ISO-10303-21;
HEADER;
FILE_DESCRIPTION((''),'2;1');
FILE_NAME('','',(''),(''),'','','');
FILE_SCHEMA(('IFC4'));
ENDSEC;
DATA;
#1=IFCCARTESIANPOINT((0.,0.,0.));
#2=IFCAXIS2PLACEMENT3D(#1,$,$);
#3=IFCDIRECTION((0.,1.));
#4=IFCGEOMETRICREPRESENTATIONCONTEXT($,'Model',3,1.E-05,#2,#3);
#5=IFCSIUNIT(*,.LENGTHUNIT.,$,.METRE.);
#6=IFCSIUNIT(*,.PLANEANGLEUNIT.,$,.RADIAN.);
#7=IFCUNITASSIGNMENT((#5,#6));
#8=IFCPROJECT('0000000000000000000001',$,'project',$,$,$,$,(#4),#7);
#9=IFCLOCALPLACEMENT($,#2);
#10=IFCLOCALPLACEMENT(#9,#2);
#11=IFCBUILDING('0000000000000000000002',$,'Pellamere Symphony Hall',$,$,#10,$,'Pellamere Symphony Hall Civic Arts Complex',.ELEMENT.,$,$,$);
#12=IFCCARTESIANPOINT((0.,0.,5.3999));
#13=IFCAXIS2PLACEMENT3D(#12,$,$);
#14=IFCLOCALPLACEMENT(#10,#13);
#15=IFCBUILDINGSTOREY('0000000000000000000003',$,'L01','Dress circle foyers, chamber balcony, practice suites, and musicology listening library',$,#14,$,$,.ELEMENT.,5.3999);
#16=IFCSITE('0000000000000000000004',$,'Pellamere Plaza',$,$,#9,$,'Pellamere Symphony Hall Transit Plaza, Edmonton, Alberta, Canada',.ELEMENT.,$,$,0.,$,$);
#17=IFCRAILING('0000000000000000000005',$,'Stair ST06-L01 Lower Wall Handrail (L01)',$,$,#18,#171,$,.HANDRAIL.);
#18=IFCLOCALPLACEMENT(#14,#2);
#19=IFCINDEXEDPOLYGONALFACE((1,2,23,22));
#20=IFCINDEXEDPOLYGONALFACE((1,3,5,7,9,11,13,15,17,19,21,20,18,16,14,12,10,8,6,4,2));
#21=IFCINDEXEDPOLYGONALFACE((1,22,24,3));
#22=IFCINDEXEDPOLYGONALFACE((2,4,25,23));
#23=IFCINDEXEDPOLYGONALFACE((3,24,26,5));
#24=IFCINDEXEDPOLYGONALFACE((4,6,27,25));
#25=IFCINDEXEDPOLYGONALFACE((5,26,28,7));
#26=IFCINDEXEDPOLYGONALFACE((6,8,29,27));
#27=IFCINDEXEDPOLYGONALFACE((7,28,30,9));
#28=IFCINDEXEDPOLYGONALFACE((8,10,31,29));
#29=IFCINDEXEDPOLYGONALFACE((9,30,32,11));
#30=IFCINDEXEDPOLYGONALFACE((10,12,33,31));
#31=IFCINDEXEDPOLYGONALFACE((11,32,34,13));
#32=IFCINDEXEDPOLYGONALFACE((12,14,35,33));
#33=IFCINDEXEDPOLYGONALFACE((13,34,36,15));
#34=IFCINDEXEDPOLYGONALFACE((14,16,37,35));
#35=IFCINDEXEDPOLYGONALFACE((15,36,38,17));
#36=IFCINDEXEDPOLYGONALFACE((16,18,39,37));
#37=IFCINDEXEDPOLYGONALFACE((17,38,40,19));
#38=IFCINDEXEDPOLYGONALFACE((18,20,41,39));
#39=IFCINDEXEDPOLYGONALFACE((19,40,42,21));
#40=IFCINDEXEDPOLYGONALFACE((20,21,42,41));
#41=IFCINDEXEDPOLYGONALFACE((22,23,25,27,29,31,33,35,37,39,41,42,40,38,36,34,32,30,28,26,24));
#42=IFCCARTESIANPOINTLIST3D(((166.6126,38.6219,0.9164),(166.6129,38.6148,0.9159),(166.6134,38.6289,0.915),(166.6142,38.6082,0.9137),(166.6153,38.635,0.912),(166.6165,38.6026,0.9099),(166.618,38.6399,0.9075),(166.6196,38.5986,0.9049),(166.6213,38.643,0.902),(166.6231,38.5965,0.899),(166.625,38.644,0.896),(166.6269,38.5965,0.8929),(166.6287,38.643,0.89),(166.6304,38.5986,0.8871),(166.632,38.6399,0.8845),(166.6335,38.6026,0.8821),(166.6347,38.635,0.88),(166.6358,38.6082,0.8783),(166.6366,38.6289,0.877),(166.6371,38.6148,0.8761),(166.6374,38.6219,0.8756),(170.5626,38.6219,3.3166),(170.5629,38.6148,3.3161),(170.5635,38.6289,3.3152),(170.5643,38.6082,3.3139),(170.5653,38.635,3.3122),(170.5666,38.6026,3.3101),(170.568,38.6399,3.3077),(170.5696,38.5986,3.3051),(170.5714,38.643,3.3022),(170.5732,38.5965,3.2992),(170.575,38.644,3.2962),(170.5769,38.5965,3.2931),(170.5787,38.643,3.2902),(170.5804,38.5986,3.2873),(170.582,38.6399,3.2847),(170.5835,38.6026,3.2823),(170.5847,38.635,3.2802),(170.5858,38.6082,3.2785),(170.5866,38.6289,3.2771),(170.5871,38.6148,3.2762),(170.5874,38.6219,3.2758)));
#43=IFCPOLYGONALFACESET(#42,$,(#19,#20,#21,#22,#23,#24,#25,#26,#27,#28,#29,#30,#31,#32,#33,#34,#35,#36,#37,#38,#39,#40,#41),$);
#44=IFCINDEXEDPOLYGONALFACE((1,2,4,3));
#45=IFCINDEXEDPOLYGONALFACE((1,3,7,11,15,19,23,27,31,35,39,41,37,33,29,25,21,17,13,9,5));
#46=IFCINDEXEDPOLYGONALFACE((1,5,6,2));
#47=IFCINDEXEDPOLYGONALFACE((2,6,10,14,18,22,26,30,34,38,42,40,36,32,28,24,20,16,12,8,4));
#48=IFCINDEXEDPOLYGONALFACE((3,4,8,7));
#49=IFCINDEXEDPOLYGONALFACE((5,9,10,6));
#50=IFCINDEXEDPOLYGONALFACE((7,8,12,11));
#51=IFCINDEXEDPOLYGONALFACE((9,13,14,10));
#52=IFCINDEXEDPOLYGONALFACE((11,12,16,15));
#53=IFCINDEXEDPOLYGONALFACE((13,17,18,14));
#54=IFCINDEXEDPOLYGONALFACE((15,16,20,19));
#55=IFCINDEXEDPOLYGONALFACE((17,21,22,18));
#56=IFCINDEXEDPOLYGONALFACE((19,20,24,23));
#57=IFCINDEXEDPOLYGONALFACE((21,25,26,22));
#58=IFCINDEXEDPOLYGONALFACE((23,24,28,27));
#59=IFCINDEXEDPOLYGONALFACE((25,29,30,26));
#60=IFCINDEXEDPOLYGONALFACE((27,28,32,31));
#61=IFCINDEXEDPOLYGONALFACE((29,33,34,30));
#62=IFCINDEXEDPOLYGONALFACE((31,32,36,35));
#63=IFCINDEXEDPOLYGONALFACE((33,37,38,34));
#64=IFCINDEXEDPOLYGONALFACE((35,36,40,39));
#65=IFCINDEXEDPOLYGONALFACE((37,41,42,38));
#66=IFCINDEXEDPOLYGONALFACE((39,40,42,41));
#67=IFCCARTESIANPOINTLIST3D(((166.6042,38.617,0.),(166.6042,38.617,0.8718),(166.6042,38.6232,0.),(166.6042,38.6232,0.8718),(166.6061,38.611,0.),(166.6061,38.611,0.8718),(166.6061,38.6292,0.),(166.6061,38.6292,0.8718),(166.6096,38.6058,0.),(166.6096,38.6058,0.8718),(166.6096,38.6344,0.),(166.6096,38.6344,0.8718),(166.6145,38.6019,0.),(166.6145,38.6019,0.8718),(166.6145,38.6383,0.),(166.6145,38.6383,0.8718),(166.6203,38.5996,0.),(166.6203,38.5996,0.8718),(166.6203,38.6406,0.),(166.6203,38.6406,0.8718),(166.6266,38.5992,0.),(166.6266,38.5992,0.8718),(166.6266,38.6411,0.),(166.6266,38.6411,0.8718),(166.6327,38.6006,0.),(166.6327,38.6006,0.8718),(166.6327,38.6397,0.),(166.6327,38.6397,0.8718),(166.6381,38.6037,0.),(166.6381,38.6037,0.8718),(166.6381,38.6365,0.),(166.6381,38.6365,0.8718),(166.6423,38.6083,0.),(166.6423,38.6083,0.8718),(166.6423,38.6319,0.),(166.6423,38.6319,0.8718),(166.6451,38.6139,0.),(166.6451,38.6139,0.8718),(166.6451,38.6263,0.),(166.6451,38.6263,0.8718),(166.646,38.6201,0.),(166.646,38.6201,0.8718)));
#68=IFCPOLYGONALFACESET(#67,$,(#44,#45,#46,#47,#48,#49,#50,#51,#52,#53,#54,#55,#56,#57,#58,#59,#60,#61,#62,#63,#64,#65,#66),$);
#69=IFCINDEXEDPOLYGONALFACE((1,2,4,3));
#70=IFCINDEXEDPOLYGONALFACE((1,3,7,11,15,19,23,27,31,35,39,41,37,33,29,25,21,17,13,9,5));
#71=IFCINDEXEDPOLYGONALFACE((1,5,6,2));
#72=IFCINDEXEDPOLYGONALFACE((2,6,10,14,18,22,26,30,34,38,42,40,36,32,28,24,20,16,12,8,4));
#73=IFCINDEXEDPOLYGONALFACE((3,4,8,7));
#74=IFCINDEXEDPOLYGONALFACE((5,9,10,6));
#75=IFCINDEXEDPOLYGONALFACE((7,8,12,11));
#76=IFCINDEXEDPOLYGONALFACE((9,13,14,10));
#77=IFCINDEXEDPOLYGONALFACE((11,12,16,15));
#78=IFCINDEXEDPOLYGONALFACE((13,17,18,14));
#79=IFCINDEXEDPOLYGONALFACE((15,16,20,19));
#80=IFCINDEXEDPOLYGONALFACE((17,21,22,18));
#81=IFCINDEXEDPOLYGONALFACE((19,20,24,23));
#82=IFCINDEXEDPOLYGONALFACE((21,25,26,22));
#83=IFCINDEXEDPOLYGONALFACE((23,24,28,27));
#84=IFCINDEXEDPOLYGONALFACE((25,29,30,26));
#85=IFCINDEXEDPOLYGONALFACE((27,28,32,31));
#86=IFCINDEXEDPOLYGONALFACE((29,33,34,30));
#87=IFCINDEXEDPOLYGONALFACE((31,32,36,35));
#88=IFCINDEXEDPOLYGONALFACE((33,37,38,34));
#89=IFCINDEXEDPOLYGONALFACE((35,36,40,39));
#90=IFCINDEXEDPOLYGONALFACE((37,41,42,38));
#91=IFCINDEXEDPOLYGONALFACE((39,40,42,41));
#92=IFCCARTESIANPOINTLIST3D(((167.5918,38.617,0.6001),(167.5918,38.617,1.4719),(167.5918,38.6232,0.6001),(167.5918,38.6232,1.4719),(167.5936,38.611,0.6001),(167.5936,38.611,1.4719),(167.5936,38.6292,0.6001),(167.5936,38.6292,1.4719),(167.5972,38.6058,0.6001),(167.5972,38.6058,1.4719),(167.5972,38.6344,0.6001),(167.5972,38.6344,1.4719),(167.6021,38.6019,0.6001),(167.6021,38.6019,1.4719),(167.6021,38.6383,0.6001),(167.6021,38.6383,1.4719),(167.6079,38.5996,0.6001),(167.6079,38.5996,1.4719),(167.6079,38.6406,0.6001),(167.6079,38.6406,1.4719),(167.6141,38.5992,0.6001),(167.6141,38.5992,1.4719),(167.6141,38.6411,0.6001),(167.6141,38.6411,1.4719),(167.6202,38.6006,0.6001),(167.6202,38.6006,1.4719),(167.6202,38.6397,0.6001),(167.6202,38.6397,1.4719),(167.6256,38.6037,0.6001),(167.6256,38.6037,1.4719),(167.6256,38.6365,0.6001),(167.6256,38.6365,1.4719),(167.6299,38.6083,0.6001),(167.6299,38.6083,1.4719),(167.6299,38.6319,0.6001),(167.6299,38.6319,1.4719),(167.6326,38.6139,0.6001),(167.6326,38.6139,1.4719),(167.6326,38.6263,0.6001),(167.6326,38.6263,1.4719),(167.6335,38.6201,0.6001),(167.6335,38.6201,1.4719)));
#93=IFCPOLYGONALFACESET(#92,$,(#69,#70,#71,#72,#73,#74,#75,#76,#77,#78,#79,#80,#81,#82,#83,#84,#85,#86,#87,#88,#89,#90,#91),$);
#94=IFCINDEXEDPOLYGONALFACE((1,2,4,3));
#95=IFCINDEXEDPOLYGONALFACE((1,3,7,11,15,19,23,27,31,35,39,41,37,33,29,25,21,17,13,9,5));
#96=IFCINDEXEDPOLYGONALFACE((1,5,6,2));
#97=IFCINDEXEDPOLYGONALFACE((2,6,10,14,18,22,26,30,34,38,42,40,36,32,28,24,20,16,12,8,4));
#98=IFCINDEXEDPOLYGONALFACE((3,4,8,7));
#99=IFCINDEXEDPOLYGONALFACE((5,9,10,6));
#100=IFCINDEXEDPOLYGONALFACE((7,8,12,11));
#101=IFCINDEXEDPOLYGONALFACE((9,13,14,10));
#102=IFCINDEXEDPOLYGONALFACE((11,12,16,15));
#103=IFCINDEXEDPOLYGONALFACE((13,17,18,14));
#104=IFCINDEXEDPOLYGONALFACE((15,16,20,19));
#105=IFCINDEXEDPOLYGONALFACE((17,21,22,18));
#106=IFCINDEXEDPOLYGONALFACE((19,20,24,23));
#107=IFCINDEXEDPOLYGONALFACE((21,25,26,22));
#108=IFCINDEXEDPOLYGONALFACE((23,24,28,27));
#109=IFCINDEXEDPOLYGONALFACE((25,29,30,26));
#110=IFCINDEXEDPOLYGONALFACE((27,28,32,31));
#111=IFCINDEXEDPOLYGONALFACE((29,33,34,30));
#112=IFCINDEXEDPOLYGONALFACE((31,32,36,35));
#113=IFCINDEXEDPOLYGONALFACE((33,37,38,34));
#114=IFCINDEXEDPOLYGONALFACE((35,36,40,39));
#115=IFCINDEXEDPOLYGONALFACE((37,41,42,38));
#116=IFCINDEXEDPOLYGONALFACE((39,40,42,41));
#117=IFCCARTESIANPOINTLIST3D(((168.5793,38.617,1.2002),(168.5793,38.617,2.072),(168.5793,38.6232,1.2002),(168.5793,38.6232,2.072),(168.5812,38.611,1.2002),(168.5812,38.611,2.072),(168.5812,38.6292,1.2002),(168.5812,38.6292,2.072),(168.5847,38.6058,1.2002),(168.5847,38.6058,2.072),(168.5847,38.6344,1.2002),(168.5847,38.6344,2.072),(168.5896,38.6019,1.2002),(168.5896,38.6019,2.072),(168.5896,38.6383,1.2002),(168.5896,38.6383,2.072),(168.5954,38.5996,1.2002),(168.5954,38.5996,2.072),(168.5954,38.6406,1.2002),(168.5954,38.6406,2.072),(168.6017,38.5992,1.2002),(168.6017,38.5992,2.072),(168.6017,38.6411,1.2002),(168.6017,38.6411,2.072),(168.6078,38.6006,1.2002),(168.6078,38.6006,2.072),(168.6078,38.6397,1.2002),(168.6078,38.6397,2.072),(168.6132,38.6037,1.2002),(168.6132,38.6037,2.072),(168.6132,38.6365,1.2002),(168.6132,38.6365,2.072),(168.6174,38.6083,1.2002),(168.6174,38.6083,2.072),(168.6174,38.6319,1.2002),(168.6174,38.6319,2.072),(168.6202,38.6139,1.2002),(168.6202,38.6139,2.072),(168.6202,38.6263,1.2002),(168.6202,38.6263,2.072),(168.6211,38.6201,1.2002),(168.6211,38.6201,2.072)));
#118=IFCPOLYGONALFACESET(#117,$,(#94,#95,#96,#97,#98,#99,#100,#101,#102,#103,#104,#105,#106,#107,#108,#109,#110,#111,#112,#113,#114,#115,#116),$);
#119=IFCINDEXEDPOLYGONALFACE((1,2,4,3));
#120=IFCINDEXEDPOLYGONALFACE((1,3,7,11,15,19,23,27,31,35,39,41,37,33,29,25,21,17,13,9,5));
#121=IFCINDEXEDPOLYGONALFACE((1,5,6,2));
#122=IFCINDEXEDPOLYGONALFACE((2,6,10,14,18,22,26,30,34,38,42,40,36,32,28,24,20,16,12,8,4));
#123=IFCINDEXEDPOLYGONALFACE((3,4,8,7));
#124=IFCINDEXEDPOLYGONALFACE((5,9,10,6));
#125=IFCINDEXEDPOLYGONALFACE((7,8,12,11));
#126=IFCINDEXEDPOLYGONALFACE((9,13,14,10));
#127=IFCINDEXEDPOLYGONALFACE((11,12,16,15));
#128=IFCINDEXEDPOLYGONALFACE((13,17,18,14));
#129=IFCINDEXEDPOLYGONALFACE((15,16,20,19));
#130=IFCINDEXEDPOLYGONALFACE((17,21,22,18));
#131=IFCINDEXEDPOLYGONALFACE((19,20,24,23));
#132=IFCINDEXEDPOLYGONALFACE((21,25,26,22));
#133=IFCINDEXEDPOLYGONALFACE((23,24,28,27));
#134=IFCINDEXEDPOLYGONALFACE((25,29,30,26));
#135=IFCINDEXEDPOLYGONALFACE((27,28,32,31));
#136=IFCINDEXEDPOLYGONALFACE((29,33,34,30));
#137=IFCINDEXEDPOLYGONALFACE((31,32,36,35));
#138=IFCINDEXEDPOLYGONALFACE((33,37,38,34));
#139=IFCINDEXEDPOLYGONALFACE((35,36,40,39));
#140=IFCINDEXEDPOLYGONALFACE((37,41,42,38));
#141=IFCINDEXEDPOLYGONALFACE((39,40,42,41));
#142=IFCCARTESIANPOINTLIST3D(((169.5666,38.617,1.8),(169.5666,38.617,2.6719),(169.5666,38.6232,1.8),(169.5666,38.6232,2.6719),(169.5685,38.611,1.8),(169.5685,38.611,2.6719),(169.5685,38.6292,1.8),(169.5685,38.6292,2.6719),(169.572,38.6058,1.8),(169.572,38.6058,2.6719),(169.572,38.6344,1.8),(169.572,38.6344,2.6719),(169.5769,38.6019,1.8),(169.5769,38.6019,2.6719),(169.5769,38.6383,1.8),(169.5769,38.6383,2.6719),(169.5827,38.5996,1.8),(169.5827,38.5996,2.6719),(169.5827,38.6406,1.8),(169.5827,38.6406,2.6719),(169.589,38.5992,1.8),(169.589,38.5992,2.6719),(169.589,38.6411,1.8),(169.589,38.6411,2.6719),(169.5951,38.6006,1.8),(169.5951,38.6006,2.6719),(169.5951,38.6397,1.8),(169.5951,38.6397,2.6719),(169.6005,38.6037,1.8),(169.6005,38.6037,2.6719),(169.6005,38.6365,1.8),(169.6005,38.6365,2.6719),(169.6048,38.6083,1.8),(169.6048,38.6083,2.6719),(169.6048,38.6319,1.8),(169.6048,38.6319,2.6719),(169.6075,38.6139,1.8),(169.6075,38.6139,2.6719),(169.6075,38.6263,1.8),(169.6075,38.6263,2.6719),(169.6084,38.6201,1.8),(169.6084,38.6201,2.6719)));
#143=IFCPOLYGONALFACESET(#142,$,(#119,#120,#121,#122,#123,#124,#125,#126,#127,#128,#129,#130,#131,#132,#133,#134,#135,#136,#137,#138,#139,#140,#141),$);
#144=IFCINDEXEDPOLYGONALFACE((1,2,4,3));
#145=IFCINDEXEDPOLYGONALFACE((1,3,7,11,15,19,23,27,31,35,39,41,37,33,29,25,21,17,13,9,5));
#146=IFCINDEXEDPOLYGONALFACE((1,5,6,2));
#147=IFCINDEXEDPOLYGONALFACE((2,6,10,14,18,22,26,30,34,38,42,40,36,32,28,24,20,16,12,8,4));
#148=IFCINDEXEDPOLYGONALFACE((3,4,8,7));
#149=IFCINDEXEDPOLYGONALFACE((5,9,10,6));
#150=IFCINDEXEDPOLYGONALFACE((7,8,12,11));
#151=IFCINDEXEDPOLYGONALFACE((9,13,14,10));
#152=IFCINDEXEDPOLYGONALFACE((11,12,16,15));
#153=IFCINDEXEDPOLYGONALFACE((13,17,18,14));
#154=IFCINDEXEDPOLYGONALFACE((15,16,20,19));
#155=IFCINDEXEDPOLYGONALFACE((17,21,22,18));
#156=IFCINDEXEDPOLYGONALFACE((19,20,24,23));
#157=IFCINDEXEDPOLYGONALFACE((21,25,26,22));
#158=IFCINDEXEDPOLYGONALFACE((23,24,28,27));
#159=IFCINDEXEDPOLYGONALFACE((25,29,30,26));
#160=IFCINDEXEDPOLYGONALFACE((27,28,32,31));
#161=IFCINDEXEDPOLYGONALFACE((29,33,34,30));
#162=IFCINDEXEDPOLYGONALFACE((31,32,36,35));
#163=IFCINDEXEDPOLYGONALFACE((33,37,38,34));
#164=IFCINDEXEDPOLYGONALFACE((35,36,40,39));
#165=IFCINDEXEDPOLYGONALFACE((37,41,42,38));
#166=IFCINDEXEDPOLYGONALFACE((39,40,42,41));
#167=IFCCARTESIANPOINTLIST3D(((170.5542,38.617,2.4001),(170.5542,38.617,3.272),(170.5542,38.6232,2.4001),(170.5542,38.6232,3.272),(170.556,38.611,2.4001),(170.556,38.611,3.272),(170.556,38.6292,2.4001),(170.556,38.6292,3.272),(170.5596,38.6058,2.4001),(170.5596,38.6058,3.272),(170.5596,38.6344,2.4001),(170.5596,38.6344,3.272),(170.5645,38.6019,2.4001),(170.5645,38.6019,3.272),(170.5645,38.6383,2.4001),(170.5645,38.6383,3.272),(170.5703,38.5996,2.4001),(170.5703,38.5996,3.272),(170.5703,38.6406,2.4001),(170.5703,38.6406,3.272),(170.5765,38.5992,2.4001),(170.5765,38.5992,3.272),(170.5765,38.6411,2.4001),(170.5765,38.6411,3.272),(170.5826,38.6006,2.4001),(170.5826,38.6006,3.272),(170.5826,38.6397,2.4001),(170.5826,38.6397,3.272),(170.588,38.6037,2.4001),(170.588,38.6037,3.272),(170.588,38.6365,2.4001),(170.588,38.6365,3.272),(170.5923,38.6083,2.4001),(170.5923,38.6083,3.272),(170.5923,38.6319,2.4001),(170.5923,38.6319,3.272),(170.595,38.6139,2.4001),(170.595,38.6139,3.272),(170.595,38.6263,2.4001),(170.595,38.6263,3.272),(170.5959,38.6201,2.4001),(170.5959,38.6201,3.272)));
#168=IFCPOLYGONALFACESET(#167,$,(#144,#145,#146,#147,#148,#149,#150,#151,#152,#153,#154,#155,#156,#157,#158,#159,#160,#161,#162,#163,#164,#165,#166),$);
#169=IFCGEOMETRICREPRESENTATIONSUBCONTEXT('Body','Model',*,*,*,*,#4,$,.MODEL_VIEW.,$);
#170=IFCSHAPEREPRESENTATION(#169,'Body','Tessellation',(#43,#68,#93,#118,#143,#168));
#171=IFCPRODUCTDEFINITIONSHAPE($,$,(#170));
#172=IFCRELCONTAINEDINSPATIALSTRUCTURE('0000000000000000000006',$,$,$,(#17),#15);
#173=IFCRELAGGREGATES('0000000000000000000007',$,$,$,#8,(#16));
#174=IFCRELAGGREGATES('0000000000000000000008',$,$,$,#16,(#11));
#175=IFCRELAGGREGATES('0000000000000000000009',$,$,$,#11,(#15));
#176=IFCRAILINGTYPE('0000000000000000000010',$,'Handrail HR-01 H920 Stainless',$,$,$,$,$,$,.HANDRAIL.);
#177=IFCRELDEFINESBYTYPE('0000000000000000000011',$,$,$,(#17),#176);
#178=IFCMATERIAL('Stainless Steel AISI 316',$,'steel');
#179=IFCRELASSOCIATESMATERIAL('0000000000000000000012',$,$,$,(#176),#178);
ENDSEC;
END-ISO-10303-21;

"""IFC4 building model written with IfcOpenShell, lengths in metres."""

from ifc_helpers import new_model, si_unit, direction, frame, origin, origin_2d, place, context, subcontext, project, spatial, circle, extrude, material, type_object, element, save


model = new_model("IFC4")

# Units and contexts
model_context = context("Model", 3, precision=1e-05, world=origin(), true_north=direction((0.0, 1.0)))
body_context = subcontext(model_context, "Body", "Model", "MODEL_VIEW")
ifc_project = project(units=[si_unit("LENGTHUNIT", "METRE"), si_unit("PLANEANGLEUNIT", "RADIAN")], contexts=[model_context])

# Site, building, storey
site_placement = place(None, origin())
site = spatial("IfcSite", under=ifc_project, at=site_placement, Name="Pellamere Plaza", LongName="Pellamere Symphony Hall Transit Plaza, Edmonton, Alberta, Canada", CompositionType="ELEMENT", RefElevation=0.0)
building_placement = place(site_placement, origin())
building = spatial("IfcBuilding", under=site, at=building_placement, Name="Pellamere Symphony Hall", LongName="Pellamere Symphony Hall Civic Arts Complex", CompositionType="ELEMENT")
storey_placement = place(building_placement, frame((0.0, 0.0, 5.3999)))
storey = spatial("IfcBuildingStorey", under=building, at=storey_placement, Name="L01", Description="Dress circle foyers, chamber balcony, practice suites, and musicology listening library", CompositionType="ELEMENT", Elevation=5.3999)

# Railing
ifc_material_1 = material(Name="Stainless Steel AISI 316", Category="steel")
railing_type_1 = type_object("IfcRailingType", Name="Handrail HR-01 H920 Stainless", PredefinedType="HANDRAIL", material=ifc_material_1)
railing_1_placement = place(storey_placement, frame((166.625, 38.6201, 0.0)))
element("IfcRailing", 1, at=railing_1_placement, inside=storey, type_object=railing_type_1, Name="Stair ST06-L01 Lower Wall Handrail (L01)", PredefinedType="HANDRAIL", context=body_context, shape_type="SweptSolid", body=[
    extrude(circle(Radius=0.0239, at=origin_2d()), frame((0.0, 0.0, 0.896), z_axis=(0.854599, 0.0, 0.519288), x_axis=(0.0, 1.0, 0.0)), (0.0, 0.0, 1.0), 4.6221),
    extrude(circle(Radius=0.021, at=origin_2d()), origin(), (0.0, 0.0, 1.0), 0.8718),
    extrude(circle(Radius=0.021, at=origin_2d()), frame((0.9875, 0.0, 0.6001)), (0.0, 0.0, 1.0), 0.8718),
    extrude(circle(Radius=0.021, at=origin_2d()), frame((1.9751, 0.0, 1.2002)), (0.0, 0.0, 1.0), 0.8718),
    extrude(circle(Radius=0.021, at=origin_2d()), frame((2.9624, 0.0, 1.8)), (0.0, 0.0, 1.0), 0.8718),
    extrude(circle(Radius=0.021, at=origin_2d()), frame((3.95, 0.0, 2.4001)), (0.0, 0.0, 1.0), 0.8718),
])

save(model, "model.ifc")
